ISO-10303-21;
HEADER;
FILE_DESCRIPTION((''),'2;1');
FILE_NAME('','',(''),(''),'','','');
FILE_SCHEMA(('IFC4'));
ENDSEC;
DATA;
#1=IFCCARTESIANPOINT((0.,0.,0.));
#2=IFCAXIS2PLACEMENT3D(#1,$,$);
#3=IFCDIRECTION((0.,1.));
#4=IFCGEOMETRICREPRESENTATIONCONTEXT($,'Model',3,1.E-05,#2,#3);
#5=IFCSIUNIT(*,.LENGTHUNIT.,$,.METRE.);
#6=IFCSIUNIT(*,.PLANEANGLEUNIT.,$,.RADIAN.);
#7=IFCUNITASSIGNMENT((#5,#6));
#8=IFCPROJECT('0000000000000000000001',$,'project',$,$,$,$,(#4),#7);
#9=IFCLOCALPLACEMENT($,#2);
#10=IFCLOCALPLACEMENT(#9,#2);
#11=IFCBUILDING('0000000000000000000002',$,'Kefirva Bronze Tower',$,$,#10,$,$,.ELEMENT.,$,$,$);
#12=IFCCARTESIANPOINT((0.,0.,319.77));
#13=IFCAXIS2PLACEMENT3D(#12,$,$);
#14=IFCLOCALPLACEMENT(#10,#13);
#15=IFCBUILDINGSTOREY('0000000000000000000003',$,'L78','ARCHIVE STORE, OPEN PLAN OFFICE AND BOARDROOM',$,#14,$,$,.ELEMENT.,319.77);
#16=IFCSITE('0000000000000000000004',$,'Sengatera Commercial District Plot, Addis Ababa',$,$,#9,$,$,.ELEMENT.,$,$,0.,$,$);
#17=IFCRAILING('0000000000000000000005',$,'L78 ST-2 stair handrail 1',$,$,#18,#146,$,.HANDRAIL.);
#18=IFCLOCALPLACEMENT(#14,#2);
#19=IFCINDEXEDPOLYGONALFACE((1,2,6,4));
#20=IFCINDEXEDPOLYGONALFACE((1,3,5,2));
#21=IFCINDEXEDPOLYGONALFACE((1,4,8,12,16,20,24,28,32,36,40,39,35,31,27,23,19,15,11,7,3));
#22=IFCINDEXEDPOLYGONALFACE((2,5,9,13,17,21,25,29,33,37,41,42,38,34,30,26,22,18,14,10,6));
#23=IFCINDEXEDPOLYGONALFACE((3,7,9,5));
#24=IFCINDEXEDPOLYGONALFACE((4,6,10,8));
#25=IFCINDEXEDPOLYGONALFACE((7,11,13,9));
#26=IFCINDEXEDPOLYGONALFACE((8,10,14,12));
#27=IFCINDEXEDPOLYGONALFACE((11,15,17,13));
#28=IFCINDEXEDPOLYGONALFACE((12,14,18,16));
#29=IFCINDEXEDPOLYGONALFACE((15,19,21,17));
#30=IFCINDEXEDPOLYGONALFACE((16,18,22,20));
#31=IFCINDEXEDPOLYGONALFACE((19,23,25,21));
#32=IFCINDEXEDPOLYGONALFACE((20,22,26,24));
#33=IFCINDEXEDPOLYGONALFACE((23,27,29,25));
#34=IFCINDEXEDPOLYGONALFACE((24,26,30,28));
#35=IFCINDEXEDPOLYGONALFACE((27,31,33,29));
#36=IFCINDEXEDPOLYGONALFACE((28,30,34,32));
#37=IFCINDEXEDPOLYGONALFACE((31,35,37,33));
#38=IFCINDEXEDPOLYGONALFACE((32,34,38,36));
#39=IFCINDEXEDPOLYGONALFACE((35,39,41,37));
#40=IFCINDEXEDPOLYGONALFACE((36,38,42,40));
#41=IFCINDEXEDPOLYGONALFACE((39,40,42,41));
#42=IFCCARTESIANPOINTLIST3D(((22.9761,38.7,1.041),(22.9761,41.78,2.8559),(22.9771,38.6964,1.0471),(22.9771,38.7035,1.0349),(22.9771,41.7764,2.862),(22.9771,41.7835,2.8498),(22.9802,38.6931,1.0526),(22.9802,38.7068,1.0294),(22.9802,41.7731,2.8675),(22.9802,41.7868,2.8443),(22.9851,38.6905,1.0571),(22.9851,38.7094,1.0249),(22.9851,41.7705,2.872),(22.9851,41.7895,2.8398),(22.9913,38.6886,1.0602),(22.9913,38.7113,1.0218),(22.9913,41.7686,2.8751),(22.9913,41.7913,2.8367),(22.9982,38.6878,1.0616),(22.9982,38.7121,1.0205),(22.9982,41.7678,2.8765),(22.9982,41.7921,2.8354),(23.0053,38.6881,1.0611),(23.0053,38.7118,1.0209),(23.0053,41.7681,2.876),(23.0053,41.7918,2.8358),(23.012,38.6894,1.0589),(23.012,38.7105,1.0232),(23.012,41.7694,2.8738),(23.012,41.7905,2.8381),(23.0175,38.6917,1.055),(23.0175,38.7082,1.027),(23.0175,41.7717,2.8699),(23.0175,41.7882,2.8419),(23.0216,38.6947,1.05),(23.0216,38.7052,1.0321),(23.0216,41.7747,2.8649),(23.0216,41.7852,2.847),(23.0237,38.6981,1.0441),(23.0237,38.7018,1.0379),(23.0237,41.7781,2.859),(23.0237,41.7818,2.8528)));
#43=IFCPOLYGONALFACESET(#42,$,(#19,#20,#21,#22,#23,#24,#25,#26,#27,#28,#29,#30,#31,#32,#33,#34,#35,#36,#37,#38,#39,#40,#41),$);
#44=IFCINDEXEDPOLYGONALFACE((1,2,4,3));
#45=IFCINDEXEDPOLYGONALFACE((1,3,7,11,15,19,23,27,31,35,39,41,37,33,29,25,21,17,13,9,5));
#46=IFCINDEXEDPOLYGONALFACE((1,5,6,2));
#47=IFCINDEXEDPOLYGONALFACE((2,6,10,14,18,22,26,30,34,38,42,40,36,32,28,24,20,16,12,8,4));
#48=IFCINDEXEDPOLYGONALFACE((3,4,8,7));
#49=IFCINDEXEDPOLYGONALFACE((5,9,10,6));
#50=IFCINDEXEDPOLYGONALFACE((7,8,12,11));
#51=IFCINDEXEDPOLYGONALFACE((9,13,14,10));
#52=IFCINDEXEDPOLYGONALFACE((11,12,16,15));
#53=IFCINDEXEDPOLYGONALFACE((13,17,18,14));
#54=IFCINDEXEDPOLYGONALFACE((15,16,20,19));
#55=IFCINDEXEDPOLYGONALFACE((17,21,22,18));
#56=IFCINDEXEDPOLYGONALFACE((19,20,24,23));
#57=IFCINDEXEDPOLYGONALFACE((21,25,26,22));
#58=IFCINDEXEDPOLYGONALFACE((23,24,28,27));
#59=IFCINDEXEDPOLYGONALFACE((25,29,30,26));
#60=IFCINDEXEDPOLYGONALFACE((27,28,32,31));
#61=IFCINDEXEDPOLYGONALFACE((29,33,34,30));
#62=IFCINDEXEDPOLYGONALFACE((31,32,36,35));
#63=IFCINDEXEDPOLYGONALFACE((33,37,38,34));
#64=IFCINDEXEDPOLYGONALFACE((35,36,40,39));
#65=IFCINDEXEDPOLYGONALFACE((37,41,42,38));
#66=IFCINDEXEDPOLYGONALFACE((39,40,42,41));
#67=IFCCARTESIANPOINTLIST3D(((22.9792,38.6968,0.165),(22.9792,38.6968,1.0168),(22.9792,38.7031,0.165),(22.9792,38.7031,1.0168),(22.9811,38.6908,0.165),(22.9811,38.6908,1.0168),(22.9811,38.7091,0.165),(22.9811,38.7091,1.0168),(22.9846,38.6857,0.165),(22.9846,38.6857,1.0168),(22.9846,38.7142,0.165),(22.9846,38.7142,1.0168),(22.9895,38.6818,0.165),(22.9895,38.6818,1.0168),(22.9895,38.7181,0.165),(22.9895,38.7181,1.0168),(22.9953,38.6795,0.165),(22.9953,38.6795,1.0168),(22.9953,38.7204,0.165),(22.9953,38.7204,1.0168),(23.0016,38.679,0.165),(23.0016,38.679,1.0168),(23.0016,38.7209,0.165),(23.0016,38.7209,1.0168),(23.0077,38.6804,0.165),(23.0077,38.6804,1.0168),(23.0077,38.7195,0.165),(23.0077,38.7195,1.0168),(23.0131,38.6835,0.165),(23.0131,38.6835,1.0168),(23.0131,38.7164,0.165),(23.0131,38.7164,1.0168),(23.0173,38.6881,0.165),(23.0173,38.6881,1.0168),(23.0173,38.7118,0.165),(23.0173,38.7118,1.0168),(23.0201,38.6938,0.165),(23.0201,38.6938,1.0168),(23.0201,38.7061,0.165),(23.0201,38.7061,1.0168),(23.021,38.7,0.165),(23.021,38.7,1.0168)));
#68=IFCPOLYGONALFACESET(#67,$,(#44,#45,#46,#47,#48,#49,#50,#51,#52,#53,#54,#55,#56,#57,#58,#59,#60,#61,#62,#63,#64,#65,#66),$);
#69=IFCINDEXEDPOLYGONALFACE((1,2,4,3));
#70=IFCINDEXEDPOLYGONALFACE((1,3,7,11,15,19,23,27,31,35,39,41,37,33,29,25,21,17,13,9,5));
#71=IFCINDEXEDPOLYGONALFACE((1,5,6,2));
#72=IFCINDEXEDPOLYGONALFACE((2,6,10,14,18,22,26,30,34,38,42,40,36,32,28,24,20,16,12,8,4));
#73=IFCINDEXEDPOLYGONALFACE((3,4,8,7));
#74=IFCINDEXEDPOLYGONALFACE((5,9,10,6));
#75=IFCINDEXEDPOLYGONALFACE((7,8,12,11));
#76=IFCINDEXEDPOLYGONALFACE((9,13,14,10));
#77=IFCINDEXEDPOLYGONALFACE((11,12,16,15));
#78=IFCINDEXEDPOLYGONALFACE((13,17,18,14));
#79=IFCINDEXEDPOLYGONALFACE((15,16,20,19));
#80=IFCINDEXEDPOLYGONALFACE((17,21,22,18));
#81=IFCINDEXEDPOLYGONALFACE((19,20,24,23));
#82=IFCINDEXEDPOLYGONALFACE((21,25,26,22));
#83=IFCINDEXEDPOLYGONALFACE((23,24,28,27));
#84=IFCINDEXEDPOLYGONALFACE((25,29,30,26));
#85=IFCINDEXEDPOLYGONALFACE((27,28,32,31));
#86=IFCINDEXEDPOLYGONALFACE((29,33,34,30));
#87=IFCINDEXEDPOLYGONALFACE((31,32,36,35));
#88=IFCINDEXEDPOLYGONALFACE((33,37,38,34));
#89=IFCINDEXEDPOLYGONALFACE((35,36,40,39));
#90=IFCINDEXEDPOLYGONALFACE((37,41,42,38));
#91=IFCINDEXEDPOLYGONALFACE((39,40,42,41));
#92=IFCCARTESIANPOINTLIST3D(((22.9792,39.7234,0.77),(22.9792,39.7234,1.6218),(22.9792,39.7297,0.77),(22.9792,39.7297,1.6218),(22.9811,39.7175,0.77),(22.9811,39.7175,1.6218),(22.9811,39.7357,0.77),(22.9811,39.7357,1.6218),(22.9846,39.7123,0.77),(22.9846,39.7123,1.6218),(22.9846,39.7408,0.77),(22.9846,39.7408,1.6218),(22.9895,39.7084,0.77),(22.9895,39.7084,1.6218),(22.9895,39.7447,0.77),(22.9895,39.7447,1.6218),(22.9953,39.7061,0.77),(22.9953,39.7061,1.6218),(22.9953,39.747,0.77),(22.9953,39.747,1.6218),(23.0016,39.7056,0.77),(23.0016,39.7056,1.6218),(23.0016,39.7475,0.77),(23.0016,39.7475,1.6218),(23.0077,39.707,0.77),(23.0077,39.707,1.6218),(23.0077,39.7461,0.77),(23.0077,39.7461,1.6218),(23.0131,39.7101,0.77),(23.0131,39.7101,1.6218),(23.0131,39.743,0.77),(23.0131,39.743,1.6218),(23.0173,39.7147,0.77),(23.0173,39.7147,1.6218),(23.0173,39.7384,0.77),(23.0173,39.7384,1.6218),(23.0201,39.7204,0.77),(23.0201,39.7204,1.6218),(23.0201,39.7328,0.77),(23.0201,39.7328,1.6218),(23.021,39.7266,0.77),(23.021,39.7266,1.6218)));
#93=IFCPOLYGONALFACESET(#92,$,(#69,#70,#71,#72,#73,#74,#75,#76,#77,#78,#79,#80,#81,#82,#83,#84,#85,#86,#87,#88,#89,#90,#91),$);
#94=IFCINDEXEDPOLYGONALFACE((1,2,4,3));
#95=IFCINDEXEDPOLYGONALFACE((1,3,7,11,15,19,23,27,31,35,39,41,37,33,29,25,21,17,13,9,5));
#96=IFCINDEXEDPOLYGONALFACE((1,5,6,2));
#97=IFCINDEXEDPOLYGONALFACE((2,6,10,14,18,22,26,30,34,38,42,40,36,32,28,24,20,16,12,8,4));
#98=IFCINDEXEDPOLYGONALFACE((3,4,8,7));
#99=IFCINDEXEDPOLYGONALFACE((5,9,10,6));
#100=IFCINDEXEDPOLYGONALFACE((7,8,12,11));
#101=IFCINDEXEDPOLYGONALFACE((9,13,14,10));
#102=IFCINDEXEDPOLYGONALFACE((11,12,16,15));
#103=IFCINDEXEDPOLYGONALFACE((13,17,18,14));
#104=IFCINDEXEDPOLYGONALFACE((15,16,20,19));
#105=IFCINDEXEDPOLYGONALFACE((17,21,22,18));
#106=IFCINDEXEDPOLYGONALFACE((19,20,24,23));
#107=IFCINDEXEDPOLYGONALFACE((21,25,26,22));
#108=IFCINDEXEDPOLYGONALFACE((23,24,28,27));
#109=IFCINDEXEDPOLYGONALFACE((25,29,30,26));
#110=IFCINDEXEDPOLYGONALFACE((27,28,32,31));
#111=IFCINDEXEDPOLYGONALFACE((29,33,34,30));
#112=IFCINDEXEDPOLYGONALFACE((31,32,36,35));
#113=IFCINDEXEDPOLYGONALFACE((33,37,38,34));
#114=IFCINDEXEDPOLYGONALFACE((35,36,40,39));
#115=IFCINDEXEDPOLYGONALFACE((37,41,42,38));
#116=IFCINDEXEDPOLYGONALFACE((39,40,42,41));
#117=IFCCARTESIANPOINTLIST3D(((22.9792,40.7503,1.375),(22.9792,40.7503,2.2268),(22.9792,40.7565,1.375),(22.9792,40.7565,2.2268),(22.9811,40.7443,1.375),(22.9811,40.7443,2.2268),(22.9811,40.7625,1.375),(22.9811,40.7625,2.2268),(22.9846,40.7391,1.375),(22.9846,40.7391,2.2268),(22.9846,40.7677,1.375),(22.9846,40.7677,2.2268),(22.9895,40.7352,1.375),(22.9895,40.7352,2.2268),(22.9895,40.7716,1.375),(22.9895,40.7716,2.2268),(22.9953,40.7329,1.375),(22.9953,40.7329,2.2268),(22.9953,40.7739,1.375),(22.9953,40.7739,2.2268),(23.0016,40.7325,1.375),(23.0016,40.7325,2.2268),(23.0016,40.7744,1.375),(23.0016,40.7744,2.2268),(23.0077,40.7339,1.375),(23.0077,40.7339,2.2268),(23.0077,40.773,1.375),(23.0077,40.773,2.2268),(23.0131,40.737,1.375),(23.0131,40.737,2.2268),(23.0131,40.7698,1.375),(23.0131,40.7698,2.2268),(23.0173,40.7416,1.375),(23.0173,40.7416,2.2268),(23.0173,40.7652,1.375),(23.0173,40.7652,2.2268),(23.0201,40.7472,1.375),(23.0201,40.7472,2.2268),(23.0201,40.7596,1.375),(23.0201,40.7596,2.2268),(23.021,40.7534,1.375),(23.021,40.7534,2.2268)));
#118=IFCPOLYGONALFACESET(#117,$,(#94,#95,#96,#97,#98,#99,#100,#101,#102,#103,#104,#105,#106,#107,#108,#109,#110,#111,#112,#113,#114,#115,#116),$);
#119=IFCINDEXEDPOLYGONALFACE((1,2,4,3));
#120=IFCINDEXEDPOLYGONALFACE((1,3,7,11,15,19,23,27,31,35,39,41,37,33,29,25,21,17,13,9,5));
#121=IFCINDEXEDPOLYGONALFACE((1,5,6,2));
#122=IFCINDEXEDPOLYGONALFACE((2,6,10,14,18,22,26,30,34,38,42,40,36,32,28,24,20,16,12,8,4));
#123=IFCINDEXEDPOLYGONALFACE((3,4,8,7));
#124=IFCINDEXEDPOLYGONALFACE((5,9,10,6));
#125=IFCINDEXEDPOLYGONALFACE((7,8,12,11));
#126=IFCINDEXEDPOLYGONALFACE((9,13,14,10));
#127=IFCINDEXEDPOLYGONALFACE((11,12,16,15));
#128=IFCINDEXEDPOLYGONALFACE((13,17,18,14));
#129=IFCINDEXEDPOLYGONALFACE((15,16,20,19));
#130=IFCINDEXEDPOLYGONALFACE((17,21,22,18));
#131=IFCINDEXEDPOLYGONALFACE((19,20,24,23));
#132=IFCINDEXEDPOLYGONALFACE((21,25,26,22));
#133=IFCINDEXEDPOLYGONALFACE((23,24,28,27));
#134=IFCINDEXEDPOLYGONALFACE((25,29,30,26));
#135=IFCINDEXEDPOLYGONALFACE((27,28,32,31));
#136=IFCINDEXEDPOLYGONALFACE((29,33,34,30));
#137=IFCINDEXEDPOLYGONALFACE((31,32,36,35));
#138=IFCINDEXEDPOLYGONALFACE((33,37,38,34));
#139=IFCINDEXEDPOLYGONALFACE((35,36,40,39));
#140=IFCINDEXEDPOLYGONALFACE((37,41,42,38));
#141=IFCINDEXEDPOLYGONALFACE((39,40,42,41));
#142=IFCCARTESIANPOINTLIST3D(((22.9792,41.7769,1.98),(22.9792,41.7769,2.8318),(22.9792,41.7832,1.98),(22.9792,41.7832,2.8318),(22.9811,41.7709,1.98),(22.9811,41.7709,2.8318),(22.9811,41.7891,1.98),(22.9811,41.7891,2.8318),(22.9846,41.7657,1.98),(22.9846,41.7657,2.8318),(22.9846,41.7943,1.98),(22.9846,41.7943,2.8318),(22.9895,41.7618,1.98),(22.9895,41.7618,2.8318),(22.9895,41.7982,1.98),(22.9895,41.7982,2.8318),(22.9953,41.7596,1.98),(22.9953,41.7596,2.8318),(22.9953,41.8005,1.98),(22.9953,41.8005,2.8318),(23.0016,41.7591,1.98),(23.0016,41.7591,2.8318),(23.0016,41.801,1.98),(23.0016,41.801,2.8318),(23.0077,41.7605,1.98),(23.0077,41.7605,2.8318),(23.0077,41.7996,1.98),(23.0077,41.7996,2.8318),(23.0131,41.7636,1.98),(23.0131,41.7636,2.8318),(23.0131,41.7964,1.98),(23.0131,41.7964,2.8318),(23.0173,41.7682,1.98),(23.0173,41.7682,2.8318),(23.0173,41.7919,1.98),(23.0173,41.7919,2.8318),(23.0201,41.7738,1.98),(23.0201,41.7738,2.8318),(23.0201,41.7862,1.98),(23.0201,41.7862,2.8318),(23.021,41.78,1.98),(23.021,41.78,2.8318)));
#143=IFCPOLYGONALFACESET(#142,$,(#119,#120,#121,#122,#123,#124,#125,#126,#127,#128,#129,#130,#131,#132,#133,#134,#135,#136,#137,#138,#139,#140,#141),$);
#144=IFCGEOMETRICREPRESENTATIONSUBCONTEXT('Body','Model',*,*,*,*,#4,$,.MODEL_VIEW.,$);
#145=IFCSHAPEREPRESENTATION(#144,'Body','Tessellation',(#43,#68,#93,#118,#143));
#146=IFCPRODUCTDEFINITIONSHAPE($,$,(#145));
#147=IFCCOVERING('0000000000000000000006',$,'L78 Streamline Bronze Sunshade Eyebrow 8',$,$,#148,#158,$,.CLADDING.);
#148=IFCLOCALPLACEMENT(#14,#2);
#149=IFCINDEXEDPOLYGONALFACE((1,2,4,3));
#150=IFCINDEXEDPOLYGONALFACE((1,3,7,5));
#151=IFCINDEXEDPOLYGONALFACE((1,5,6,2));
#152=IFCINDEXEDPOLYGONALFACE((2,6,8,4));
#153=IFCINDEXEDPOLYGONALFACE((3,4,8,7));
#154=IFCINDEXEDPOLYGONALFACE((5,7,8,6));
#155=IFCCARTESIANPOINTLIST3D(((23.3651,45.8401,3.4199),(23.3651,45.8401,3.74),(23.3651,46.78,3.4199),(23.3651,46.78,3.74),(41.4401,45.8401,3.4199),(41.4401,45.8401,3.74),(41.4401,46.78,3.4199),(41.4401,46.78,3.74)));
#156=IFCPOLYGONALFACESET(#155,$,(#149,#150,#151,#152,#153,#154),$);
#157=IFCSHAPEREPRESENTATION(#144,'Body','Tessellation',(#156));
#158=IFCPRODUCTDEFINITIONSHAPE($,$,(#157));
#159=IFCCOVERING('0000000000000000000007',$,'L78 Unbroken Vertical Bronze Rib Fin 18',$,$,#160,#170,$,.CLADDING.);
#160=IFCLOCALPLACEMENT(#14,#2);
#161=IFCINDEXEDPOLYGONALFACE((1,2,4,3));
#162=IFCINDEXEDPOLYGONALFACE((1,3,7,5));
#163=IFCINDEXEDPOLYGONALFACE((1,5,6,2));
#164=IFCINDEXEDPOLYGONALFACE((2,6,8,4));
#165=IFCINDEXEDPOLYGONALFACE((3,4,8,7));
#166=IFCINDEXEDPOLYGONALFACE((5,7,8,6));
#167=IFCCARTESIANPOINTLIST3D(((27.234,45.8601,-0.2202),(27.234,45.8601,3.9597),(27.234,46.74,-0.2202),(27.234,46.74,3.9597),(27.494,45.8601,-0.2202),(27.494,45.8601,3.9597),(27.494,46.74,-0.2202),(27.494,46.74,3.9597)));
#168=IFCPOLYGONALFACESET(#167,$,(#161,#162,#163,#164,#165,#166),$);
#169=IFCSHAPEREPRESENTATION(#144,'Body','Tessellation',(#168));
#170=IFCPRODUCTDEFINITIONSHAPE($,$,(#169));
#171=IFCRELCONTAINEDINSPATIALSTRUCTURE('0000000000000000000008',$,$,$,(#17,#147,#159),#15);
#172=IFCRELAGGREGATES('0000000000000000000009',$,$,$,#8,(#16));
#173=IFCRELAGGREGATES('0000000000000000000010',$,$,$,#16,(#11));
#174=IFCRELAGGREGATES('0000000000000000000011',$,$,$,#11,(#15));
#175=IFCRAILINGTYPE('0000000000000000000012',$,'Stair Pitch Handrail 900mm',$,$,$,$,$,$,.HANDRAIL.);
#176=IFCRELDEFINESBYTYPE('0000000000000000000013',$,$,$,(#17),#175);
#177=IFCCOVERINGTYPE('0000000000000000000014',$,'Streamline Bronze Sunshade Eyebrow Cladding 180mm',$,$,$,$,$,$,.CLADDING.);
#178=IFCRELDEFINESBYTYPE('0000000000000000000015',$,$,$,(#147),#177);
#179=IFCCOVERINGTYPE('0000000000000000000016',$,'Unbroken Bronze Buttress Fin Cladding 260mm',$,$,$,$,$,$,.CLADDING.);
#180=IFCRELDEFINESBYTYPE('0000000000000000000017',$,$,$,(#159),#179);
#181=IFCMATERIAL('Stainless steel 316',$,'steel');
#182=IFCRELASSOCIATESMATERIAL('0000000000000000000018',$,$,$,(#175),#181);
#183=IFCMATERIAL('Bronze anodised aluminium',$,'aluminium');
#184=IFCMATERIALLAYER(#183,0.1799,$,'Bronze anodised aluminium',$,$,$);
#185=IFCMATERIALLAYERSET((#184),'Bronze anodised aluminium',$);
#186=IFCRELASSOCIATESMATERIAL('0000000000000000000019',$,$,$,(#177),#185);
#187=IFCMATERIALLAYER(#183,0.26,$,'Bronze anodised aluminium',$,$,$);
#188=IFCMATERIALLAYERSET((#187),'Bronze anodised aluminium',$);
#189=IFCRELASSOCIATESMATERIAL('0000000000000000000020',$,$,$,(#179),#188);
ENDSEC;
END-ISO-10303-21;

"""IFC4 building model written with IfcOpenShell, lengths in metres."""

from ifc_helpers import new_model, si_unit, direction, frame, origin, origin_2d, place, context, subcontext, project, spatial, rectangle, circle, extrude, material, layer, layer_set, type_object, element, save


model = new_model("IFC4")

# Units and contexts
model_context = context("Model", 3, precision=1e-05, world=origin(), true_north=direction((0.0, 1.0)))
body_context = subcontext(model_context, "Body", "Model", "MODEL_VIEW")
ifc_project = project(units=[si_unit("LENGTHUNIT", "METRE"), si_unit("PLANEANGLEUNIT", "RADIAN")], contexts=[model_context])

# Site, building, storey
site_placement = place(None, origin())
site = spatial("IfcSite", under=ifc_project, at=site_placement, Name="Sengatera Commercial District Plot, Addis Ababa", CompositionType="ELEMENT", RefElevation=0.0)
building_placement = place(site_placement, origin())
building = spatial("IfcBuilding", under=site, at=building_placement, Name="Kefirva Bronze Tower", CompositionType="ELEMENT")
storey_placement = place(building_placement, frame((0.0, 0.0, 319.77)))
storey = spatial("IfcBuildingStorey", under=building, at=storey_placement, Name="L78", Description="ARCHIVE STORE, OPEN PLAN OFFICE AND BOARDROOM", CompositionType="ELEMENT", Elevation=319.77)

# Shared definitions
ifc_material_1 = material(Name="Bronze anodised aluminium", Category="aluminium")

# Railing
ifc_material_2 = material(Name="Stainless steel 316", Category="steel")
railing_type_1 = type_object("IfcRailingType", Name="Stair Pitch Handrail 900mm", PredefinedType="HANDRAIL", material=ifc_material_2)
railing_1_placement = place(storey_placement, frame((23.0, 38.7, 0.165)))
element("IfcRailing", 1, at=railing_1_placement, inside=storey, type_object=railing_type_1, Name="L78 ST-2 stair handrail 1", PredefinedType="HANDRAIL", context=body_context, shape_type="SweptSolid", body=[
    extrude(circle(Radius=0.0239, at=origin_2d()), frame((0.0, 0.0, 0.876), z_axis=(0.0, 0.861551, 0.507671), x_axis=(-1.0, 0.0, 0.0)), (0.0, 0.0, 1.0), 3.575),
    extrude(circle(Radius=0.021, at=origin_2d()), origin(), (0.0, 0.0, 1.0), 0.8518),
    extrude(circle(Radius=0.021, at=origin_2d()), frame((0.0, 1.0266, 0.605)), (0.0, 0.0, 1.0), 0.8518),
    extrude(circle(Radius=0.021, at=origin_2d()), frame((0.0, 2.0535, 1.21)), (0.0, 0.0, 1.0), 0.8518),
    extrude(circle(Radius=0.021, at=origin_2d()), frame((0.0, 3.0801, 1.8149)), (0.0, 0.0, 1.0), 0.8518),
])

# Coverings
ifc_layer_1 = layer(ifc_material_1, 0.1799, Name="Bronze anodised aluminium")
ifc_layer_set_1 = layer_set([ifc_layer_1], Name="Bronze anodised aluminium")
covering_type_1 = type_object("IfcCoveringType", Name="Streamline Bronze Sunshade Eyebrow Cladding 180mm", PredefinedType="CLADDING", material=ifc_layer_set_1)
covering_1_placement = place(storey_placement, frame((32.4026, 46.3101, 3.4199), z_axis=(0.0, 0.0, 1.0), x_axis=(-1.0, 0.0, 0.0)))
element("IfcCovering", 2, at=covering_1_placement, inside=storey, type_object=covering_type_1, Name="L78 Streamline Bronze Sunshade Eyebrow 8", PredefinedType="CLADDING", context=body_context, shape_type="SweptSolid", body=[
    extrude(rectangle(XDim=18.075, YDim=0.9399, at=origin_2d()), origin(), (0.0, 0.0, 1.0), 0.3201),
])
ifc_layer_2 = layer(ifc_material_1, 0.26, Name="Bronze anodised aluminium")
ifc_layer_set_2 = layer_set([ifc_layer_2], Name="Bronze anodised aluminium")
covering_type_2 = type_object("IfcCoveringType", Name="Unbroken Bronze Buttress Fin Cladding 260mm", PredefinedType="CLADDING", material=ifc_layer_set_2)
covering_2_placement = place(storey_placement, frame((27.364, 46.3, -0.2202), z_axis=(0.0, 0.0, 1.0), x_axis=(-1.0, 0.0, 0.0)))
element("IfcCovering", 3, at=covering_2_placement, inside=storey, type_object=covering_type_2, Name="L78 Unbroken Vertical Bronze Rib Fin 18", PredefinedType="CLADDING", context=body_context, shape_type="SweptSolid", body=[
    extrude(rectangle(XDim=0.26, YDim=0.8799, at=origin_2d()), origin(), (0.0, 0.0, 1.0), 4.1799),
])

save(model, "model.ifc")
